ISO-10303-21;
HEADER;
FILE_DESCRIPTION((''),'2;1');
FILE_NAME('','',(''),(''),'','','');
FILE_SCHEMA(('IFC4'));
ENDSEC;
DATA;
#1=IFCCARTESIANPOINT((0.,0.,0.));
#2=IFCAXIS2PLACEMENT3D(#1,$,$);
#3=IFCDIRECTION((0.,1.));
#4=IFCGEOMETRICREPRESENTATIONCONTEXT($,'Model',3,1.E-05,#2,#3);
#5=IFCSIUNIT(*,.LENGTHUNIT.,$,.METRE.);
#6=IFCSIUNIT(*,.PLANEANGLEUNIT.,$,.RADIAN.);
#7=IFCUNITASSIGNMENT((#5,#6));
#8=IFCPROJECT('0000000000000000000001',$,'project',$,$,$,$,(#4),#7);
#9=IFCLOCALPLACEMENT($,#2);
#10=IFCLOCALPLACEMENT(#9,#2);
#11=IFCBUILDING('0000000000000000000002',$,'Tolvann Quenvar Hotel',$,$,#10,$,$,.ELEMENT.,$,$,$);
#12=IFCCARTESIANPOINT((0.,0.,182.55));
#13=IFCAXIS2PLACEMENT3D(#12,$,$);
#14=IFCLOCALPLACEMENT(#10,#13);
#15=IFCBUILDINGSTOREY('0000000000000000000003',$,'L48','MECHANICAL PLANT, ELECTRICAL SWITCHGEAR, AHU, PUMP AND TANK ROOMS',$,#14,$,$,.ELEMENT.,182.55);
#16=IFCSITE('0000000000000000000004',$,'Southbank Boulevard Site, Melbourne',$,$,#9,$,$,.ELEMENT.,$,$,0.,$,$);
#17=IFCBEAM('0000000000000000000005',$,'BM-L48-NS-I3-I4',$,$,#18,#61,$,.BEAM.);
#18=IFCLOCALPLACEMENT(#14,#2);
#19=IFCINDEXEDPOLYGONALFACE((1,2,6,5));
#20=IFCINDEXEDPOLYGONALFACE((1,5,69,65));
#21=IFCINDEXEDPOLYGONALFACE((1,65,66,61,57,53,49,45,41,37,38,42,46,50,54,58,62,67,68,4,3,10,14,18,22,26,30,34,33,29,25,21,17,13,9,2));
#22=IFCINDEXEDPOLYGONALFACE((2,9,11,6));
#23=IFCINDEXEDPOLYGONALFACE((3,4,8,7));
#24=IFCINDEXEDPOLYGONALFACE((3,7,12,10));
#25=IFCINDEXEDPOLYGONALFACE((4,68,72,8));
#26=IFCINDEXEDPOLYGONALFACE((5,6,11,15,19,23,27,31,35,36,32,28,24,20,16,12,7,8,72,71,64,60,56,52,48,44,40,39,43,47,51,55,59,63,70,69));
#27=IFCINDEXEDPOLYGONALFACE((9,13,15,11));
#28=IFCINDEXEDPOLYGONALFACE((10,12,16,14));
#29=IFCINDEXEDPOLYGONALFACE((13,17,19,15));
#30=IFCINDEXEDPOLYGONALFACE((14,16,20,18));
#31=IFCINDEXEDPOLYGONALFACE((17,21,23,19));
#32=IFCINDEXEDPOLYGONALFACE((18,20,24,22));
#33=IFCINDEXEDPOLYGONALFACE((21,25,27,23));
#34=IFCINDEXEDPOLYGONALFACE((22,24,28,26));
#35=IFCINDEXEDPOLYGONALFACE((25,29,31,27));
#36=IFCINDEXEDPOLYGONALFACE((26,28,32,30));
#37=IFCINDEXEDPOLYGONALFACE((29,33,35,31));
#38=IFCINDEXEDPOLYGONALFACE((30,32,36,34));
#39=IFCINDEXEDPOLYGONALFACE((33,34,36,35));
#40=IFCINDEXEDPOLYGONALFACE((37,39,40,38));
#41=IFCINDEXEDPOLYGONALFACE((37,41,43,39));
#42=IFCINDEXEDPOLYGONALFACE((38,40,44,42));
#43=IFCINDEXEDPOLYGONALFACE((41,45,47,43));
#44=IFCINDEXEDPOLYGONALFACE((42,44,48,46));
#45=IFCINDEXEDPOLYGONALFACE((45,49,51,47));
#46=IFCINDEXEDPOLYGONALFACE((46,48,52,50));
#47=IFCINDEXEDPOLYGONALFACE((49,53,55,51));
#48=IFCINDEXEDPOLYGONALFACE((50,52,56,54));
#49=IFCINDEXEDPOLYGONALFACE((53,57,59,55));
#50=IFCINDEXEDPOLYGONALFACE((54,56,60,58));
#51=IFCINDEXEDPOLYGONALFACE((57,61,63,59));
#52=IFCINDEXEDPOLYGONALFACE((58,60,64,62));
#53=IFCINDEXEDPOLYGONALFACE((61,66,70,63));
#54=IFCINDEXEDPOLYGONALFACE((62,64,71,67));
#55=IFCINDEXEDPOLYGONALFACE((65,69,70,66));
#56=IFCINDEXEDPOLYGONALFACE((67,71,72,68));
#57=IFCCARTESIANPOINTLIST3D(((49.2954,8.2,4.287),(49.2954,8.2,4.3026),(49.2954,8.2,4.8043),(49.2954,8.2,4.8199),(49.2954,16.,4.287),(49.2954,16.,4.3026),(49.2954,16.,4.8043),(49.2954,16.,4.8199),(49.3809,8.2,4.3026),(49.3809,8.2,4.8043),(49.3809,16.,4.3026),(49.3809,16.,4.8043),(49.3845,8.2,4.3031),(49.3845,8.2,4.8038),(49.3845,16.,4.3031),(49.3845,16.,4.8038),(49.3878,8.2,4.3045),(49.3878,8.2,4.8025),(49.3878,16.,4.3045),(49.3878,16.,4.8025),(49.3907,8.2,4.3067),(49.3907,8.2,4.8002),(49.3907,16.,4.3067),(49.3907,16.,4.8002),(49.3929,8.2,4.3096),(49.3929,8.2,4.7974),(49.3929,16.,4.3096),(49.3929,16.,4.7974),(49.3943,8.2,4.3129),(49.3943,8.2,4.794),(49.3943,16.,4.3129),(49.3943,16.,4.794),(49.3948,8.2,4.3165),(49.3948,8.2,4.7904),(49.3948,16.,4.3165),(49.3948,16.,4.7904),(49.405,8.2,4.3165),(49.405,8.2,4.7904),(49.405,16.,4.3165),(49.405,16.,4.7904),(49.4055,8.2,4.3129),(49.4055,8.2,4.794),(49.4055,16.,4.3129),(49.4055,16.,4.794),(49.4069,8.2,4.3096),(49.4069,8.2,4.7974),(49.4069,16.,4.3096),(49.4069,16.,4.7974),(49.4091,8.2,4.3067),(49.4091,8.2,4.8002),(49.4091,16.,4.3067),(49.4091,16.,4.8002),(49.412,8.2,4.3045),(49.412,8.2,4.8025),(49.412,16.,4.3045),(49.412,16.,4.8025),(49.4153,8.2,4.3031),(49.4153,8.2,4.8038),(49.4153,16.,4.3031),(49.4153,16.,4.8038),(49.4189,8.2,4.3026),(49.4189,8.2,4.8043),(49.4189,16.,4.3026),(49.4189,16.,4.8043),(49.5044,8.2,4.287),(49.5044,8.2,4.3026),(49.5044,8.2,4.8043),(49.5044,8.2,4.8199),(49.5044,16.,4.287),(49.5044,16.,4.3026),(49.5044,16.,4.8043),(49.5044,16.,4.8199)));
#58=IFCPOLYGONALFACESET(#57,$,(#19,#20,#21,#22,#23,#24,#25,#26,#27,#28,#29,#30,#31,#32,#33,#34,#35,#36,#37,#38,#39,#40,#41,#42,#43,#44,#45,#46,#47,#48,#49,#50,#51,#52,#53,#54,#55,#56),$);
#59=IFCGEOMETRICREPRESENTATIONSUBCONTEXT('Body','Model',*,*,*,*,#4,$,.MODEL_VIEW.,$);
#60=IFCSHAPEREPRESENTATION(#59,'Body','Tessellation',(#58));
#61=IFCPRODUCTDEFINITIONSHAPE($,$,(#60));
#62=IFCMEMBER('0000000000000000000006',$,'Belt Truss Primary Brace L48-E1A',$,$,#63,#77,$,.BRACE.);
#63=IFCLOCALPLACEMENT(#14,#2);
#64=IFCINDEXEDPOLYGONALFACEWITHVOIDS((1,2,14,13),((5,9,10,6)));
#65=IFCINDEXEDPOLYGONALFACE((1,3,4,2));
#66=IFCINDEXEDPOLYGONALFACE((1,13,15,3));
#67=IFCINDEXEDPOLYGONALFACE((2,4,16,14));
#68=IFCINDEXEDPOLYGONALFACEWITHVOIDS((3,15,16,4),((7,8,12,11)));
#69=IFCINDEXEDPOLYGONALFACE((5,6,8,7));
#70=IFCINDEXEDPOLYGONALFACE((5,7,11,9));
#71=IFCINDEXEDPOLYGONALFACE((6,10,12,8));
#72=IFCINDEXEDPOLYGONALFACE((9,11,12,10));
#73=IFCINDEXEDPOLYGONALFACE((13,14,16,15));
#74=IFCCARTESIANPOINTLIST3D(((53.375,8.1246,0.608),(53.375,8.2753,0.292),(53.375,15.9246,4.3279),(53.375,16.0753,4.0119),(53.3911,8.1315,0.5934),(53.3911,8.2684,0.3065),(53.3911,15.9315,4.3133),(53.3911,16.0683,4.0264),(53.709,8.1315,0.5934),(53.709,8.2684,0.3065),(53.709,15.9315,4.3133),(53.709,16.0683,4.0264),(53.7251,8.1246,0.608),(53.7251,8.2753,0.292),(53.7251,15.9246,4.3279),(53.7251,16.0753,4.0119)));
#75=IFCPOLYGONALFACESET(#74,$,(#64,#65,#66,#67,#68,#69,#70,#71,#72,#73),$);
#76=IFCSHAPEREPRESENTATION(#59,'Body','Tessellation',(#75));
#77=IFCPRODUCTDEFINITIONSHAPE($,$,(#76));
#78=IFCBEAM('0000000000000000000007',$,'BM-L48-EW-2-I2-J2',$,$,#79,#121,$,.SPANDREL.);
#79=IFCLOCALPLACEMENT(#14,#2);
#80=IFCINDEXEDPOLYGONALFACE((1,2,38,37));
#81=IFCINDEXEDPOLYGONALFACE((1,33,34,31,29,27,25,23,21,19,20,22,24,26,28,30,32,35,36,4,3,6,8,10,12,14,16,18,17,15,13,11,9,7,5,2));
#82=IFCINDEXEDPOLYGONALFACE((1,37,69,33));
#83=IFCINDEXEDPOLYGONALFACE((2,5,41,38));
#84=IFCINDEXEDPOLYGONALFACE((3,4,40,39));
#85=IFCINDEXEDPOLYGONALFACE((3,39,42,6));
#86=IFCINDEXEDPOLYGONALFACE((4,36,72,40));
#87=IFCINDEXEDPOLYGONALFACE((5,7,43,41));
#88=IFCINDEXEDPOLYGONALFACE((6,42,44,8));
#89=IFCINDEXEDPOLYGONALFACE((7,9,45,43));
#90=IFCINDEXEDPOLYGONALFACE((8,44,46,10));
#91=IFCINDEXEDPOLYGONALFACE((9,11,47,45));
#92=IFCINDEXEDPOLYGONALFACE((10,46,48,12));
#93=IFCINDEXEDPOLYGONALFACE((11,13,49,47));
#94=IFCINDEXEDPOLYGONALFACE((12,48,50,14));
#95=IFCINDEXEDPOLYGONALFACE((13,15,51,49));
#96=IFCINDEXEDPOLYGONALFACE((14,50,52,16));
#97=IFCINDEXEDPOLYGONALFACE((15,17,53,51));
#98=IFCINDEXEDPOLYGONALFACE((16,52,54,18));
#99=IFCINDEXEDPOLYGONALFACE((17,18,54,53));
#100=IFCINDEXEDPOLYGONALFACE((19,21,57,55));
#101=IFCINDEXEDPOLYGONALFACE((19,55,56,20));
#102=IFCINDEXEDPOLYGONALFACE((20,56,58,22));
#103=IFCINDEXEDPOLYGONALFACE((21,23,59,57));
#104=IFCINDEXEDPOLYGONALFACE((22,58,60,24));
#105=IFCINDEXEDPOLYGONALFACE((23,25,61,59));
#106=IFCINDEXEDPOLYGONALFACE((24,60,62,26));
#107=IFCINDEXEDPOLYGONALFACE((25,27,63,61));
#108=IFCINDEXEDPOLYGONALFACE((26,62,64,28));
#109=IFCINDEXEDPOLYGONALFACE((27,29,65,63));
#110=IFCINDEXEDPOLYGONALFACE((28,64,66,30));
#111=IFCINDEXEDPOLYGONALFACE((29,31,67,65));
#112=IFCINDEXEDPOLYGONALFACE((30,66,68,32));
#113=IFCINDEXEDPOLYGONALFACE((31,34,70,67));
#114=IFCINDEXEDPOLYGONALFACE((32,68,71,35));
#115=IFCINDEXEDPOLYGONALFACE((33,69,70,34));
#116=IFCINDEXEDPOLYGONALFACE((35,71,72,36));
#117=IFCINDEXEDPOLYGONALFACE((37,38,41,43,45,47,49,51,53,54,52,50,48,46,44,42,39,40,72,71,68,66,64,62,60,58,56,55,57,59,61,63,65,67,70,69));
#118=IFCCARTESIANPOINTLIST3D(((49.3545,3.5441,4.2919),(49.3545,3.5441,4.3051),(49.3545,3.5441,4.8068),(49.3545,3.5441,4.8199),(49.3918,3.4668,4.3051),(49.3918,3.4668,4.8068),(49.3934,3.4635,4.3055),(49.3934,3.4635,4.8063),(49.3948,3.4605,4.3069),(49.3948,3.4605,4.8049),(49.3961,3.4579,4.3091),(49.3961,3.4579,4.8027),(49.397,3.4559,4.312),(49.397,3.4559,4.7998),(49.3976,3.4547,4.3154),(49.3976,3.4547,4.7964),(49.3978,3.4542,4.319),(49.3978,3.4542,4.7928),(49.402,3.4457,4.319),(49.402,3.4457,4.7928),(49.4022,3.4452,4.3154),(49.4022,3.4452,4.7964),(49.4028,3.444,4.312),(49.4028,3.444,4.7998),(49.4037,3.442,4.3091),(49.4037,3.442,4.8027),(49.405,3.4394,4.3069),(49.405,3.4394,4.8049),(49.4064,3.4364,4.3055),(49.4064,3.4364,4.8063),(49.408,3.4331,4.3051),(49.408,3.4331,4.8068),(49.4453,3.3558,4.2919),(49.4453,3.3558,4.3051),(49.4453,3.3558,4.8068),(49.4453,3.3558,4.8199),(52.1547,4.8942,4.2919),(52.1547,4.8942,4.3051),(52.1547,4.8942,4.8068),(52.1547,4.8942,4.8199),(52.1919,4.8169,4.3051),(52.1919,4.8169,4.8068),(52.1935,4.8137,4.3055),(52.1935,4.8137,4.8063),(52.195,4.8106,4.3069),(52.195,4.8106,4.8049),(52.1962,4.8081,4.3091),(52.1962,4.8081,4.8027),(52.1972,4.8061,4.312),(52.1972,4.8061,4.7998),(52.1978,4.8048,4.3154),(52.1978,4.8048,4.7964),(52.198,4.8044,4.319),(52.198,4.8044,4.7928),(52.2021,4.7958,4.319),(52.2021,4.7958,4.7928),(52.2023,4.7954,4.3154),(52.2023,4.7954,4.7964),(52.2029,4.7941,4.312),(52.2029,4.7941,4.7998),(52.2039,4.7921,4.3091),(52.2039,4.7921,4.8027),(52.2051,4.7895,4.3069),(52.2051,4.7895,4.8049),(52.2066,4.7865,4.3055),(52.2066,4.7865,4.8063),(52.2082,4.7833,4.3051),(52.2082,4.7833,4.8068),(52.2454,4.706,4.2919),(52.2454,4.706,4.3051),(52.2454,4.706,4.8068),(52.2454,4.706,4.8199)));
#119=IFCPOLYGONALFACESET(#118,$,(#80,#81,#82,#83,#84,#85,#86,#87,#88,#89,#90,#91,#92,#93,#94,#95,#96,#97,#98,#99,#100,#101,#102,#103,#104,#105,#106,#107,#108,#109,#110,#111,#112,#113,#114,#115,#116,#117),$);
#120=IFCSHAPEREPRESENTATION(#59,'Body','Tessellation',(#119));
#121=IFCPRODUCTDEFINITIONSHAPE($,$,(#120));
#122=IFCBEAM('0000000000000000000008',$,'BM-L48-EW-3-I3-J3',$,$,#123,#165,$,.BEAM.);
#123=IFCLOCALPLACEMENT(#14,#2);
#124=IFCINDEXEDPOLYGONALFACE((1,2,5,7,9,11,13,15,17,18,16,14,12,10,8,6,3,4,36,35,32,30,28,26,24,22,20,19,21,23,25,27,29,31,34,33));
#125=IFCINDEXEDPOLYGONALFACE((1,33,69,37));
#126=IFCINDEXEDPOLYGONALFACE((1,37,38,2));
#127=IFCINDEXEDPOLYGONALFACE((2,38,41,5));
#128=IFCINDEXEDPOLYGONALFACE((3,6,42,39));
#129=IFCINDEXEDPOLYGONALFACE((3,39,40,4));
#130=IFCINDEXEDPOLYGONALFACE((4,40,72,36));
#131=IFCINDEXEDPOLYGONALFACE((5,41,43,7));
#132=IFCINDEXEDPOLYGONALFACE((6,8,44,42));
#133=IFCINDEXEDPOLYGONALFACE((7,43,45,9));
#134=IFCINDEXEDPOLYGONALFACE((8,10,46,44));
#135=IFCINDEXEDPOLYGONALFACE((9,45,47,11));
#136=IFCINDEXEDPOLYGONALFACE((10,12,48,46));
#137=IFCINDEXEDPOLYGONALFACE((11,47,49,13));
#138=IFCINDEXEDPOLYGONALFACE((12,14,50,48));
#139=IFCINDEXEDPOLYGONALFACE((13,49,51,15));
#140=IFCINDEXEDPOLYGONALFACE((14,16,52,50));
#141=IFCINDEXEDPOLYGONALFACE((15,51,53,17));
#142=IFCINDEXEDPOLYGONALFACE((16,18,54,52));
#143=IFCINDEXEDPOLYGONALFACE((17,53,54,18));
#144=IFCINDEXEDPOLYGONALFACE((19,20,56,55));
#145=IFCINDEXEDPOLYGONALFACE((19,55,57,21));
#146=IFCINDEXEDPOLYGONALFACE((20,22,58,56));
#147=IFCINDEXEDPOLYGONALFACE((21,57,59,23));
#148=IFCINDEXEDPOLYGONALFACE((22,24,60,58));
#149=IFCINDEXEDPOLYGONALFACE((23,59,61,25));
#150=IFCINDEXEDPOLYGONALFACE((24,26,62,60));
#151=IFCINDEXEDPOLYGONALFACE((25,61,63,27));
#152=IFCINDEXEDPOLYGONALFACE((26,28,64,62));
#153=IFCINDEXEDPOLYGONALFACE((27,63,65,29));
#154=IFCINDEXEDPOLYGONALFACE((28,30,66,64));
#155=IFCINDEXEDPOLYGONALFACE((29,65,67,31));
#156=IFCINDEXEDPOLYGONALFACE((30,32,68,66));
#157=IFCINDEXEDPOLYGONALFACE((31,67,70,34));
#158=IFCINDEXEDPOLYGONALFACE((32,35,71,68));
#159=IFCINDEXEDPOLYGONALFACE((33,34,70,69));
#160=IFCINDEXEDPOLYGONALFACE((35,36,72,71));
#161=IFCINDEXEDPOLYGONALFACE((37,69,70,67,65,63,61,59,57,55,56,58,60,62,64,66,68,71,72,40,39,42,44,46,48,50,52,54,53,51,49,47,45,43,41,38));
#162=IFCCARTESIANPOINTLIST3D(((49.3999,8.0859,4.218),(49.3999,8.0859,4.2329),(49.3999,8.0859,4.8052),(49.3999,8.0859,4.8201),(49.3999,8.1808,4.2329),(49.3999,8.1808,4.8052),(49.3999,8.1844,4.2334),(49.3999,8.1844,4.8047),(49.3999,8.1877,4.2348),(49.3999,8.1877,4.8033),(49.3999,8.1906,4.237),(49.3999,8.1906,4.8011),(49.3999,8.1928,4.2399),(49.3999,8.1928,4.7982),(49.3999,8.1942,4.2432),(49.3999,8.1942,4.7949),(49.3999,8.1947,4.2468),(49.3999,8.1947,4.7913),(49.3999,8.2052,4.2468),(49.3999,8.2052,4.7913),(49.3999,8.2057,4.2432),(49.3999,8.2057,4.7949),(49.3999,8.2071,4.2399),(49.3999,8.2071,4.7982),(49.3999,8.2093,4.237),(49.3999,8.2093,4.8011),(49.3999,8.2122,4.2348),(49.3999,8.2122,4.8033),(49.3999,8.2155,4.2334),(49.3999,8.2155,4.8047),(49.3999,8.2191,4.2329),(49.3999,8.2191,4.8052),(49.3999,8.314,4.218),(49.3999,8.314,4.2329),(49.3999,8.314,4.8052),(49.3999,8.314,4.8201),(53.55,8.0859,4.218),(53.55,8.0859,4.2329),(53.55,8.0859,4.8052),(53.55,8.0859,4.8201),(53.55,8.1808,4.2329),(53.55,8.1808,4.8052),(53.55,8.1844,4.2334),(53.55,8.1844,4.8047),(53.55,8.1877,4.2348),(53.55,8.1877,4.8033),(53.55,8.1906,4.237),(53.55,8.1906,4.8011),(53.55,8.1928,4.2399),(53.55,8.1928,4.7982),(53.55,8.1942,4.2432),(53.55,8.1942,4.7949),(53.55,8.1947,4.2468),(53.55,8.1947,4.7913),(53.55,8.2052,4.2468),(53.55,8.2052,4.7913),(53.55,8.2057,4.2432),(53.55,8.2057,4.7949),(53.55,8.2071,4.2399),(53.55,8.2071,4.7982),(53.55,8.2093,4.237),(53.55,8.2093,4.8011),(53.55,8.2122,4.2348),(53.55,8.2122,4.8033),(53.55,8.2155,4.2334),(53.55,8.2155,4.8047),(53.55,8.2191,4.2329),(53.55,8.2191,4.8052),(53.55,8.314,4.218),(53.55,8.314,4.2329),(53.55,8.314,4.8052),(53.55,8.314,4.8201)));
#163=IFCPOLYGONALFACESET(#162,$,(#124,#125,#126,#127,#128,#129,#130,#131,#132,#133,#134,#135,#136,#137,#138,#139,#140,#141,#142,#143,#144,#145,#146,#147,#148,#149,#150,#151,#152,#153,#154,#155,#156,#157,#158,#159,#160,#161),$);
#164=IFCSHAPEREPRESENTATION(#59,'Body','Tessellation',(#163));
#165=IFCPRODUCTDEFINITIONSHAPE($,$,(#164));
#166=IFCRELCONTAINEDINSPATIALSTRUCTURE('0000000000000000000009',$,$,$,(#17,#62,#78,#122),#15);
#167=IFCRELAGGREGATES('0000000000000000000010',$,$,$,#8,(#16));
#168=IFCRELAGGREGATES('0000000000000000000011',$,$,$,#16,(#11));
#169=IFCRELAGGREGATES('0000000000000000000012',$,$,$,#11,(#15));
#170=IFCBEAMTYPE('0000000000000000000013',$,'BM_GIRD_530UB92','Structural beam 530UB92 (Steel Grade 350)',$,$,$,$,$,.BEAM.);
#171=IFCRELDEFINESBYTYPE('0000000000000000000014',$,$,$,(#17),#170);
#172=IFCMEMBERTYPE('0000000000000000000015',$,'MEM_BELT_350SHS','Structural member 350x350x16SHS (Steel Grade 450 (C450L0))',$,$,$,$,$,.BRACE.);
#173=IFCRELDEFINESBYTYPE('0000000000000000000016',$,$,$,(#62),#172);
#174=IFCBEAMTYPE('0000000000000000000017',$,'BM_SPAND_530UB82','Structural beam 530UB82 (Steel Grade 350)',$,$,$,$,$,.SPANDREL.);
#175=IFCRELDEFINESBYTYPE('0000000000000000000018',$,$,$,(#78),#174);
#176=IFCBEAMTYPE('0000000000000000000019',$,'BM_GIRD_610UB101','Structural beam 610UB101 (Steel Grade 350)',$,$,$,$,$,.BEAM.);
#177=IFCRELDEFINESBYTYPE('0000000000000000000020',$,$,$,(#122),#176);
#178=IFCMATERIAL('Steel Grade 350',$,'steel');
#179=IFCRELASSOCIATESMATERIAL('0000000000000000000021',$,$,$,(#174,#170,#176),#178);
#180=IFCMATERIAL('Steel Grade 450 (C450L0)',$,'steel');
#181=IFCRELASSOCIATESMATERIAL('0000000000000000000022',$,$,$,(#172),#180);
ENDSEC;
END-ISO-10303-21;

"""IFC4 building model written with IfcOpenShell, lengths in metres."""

from ifc_helpers import new_model, si_unit, direction, frame, origin, origin_2d, place, context, subcontext, project, spatial, hollow_rectangle, i_section, extrude, source, transform, mapped, material, material_profile, profile_set, type_object, type_shapes, element, save


model = new_model("IFC4")

# Units and contexts
model_context = context("Model", 3, precision=1e-05, world=origin(), true_north=direction((0.0, 1.0)))
body_context = subcontext(model_context, "Body", "Model", "MODEL_VIEW")
ifc_project = project(units=[si_unit("LENGTHUNIT", "METRE"), si_unit("PLANEANGLEUNIT", "RADIAN")], contexts=[model_context])

# Site, building, storey
site_placement = place(None, origin())
site = spatial("IfcSite", under=ifc_project, at=site_placement, Name="Southbank Boulevard Site, Melbourne", CompositionType="ELEMENT", RefElevation=0.0)
building_placement = place(site_placement, origin())
building = spatial("IfcBuilding", under=site, at=building_placement, Name="Tolvann Quenvar Hotel", CompositionType="ELEMENT")
storey_placement = place(building_placement, frame((0.0, 0.0, 182.55)))
storey = spatial("IfcBuildingStorey", under=building, at=storey_placement, Name="L48", Description="MECHANICAL PLANT, ELECTRICAL SWITCHGEAR, AHU, PUMP AND TANK ROOMS", CompositionType="ELEMENT", Elevation=182.55)

# Shared definitions
ifc_material_1 = material(Name="Steel Grade 350", Category="steel")

# Beam
ifc_material_profile_1 = material_profile(ifc_material_1, i_section(OverallWidth=0.209, OverallDepth=0.5281, WebThickness=0.0095, FlangeThickness=0.0132, FilletRadius=0.0139, at=origin_2d()), Name="530UB82")
ifc_profile_set_1 = profile_set([ifc_material_profile_1], Name="Steel Grade 350")
beam_type_1 = type_object("IfcBeamType", Name="BM_SPAND_530UB82", Description="Structural beam 530UB82 (Steel Grade 350)", PredefinedType="SPANDREL", material=ifc_profile_set_1)
ifc_material_profile_2 = material_profile(ifc_material_1, i_section(OverallWidth=0.209, OverallDepth=0.533, WebThickness=0.0103, FlangeThickness=0.0156, FilletRadius=0.0139, at=origin_2d()), Name="530UB92")
ifc_profile_set_2 = profile_set([ifc_material_profile_2], Name="Steel Grade 350")
beam_type_2 = type_object("IfcBeamType", Name="BM_GIRD_530UB92", Description="Structural beam 530UB92 (Steel Grade 350)", PredefinedType="BEAM", material=ifc_profile_set_2)
shared_shape_1 = source(origin(), body_context, "Body", "SweptSolid", [
    extrude(i_section(OverallWidth=0.209, OverallDepth=0.533, WebThickness=0.0103, FlangeThickness=0.0156, FilletRadius=0.0139, at=origin_2d()), origin(), (0.0, 0.0, 1.0), 7.8),
])
for number, where, z_axis, x_axis, name in (
    (1, (49.3999, 8.2, 4.5535), (0.0, 1.0, 0.0), (-1.0, 0.0, 0.0), "BM-L48-NS-I3-I4"),
):
    element("IfcBeam", number, at=place(storey_placement, frame(where, z_axis=z_axis, x_axis=x_axis)), inside=storey, type_object=beam_type_2, Name=name, PredefinedType="BEAM", context=body_context, shape_type="MappedRepresentation", body=[
        mapped(shared_shape_1, transform((0.0, 0.0, 0.0), x_axis=(1.0, 0.0, 0.0), y_axis=(0.0, 1.0, 0.0), z_axis=(0.0, 0.0, 1.0), scale=1.0)),
    ])

# Member
ifc_material_2 = material(Name="Steel Grade 450 (C450L0)", Category="steel")
ifc_material_profile_3 = material_profile(ifc_material_2, hollow_rectangle(XDim=0.3501, YDim=0.3501, WallThickness=0.0161, at=origin_2d()), Name="350x350x16SHS")
ifc_profile_set_3 = profile_set([ifc_material_profile_3], Name="Steel Grade 450 (C450L0)")
member_type = type_object("IfcMemberType", Name="MEM_BELT_350SHS", Description="Structural member 350x350x16SHS (Steel Grade 450 (C450L0))", PredefinedType="BRACE", material=ifc_profile_set_3)
shared_shape_2 = source(origin(), body_context, "Body", "SweptSolid", [
    extrude(hollow_rectangle(XDim=0.3501, YDim=0.3501, WallThickness=0.0161, at=origin_2d()), origin(), (0.0, 0.0, 1.0), 8.6416),
])
type_shapes(member_type, [shared_shape_2])
member_placement = place(storey_placement, frame((53.55, 8.2, 0.45), z_axis=(0.0, 0.902606, 0.430468), x_axis=(-1.0, 0.0, 0.0)))
element("IfcMember", 2, at=member_placement, inside=storey, type_object=member_type, Name="Belt Truss Primary Brace L48-E1A", PredefinedType="BRACE", context=body_context, shape_type="MappedRepresentation", body=[
    mapped(shared_shape_2, transform((0.0, 0.0, 0.0), x_axis=(1.0, 0.0, 0.0), y_axis=(0.0, 1.0, 0.0), z_axis=(0.0, 0.0, 1.0), scale=1.0)),
])

# Beams
shared_shape_3 = source(origin(), body_context, "Body", "SweptSolid", [
    extrude(i_section(OverallWidth=0.209, OverallDepth=0.5281, WebThickness=0.0095, FlangeThickness=0.0132, FilletRadius=0.0139, at=origin_2d()), origin(), (0.0, 0.0, 1.0), 3.1086),
])
beam_1_placement = place(storey_placement, frame((49.3999, 3.45, 4.5559), z_axis=(0.900759, 0.434319, 0.0), x_axis=(-0.434319, 0.900759, 0.0)))
element("IfcBeam", 3, at=beam_1_placement, inside=storey, type_object=beam_type_1, Name="BM-L48-EW-2-I2-J2", PredefinedType="SPANDREL", context=body_context, shape_type="MappedRepresentation", body=[
    mapped(shared_shape_3, transform((0.0, 0.0, 0.0), x_axis=(1.0, 0.0, 0.0), y_axis=(0.0, 1.0, 0.0), z_axis=(0.0, 0.0, 1.0), scale=1.0)),
])
ifc_material_profile_4 = material_profile(ifc_material_1, i_section(OverallWidth=0.228, OverallDepth=0.6021, WebThickness=0.0105, FlangeThickness=0.0149, FilletRadius=0.0139, at=origin_2d()), Name="610UB101")
ifc_profile_set_4 = profile_set([ifc_material_profile_4], Name="Steel Grade 350")
beam_type_3 = type_object("IfcBeamType", Name="BM_GIRD_610UB101", Description="Structural beam 610UB101 (Steel Grade 350)", PredefinedType="BEAM", material=ifc_profile_set_4)
shared_shape_4 = source(origin(), body_context, "Body", "SweptSolid", [
    extrude(i_section(OverallWidth=0.228, OverallDepth=0.6021, WebThickness=0.0105, FlangeThickness=0.0149, FilletRadius=0.0139, at=origin_2d()), origin(), (0.0, 0.0, 1.0), 4.1501),
])
beam_2_placement = place(storey_placement, frame((49.3999, 8.2, 4.519), z_axis=(1.0, 0.0, 0.0), x_axis=(0.0, 1.0, 0.0)))
element("IfcBeam", 4, at=beam_2_placement, inside=storey, type_object=beam_type_3, Name="BM-L48-EW-3-I3-J3", PredefinedType="BEAM", context=body_context, shape_type="MappedRepresentation", body=[
    mapped(shared_shape_4, transform((0.0, 0.0, 0.0), x_axis=(1.0, 0.0, 0.0), y_axis=(0.0, 1.0, 0.0), z_axis=(0.0, 0.0, 1.0), scale=1.0)),
])

save(model, "model.ifc")
